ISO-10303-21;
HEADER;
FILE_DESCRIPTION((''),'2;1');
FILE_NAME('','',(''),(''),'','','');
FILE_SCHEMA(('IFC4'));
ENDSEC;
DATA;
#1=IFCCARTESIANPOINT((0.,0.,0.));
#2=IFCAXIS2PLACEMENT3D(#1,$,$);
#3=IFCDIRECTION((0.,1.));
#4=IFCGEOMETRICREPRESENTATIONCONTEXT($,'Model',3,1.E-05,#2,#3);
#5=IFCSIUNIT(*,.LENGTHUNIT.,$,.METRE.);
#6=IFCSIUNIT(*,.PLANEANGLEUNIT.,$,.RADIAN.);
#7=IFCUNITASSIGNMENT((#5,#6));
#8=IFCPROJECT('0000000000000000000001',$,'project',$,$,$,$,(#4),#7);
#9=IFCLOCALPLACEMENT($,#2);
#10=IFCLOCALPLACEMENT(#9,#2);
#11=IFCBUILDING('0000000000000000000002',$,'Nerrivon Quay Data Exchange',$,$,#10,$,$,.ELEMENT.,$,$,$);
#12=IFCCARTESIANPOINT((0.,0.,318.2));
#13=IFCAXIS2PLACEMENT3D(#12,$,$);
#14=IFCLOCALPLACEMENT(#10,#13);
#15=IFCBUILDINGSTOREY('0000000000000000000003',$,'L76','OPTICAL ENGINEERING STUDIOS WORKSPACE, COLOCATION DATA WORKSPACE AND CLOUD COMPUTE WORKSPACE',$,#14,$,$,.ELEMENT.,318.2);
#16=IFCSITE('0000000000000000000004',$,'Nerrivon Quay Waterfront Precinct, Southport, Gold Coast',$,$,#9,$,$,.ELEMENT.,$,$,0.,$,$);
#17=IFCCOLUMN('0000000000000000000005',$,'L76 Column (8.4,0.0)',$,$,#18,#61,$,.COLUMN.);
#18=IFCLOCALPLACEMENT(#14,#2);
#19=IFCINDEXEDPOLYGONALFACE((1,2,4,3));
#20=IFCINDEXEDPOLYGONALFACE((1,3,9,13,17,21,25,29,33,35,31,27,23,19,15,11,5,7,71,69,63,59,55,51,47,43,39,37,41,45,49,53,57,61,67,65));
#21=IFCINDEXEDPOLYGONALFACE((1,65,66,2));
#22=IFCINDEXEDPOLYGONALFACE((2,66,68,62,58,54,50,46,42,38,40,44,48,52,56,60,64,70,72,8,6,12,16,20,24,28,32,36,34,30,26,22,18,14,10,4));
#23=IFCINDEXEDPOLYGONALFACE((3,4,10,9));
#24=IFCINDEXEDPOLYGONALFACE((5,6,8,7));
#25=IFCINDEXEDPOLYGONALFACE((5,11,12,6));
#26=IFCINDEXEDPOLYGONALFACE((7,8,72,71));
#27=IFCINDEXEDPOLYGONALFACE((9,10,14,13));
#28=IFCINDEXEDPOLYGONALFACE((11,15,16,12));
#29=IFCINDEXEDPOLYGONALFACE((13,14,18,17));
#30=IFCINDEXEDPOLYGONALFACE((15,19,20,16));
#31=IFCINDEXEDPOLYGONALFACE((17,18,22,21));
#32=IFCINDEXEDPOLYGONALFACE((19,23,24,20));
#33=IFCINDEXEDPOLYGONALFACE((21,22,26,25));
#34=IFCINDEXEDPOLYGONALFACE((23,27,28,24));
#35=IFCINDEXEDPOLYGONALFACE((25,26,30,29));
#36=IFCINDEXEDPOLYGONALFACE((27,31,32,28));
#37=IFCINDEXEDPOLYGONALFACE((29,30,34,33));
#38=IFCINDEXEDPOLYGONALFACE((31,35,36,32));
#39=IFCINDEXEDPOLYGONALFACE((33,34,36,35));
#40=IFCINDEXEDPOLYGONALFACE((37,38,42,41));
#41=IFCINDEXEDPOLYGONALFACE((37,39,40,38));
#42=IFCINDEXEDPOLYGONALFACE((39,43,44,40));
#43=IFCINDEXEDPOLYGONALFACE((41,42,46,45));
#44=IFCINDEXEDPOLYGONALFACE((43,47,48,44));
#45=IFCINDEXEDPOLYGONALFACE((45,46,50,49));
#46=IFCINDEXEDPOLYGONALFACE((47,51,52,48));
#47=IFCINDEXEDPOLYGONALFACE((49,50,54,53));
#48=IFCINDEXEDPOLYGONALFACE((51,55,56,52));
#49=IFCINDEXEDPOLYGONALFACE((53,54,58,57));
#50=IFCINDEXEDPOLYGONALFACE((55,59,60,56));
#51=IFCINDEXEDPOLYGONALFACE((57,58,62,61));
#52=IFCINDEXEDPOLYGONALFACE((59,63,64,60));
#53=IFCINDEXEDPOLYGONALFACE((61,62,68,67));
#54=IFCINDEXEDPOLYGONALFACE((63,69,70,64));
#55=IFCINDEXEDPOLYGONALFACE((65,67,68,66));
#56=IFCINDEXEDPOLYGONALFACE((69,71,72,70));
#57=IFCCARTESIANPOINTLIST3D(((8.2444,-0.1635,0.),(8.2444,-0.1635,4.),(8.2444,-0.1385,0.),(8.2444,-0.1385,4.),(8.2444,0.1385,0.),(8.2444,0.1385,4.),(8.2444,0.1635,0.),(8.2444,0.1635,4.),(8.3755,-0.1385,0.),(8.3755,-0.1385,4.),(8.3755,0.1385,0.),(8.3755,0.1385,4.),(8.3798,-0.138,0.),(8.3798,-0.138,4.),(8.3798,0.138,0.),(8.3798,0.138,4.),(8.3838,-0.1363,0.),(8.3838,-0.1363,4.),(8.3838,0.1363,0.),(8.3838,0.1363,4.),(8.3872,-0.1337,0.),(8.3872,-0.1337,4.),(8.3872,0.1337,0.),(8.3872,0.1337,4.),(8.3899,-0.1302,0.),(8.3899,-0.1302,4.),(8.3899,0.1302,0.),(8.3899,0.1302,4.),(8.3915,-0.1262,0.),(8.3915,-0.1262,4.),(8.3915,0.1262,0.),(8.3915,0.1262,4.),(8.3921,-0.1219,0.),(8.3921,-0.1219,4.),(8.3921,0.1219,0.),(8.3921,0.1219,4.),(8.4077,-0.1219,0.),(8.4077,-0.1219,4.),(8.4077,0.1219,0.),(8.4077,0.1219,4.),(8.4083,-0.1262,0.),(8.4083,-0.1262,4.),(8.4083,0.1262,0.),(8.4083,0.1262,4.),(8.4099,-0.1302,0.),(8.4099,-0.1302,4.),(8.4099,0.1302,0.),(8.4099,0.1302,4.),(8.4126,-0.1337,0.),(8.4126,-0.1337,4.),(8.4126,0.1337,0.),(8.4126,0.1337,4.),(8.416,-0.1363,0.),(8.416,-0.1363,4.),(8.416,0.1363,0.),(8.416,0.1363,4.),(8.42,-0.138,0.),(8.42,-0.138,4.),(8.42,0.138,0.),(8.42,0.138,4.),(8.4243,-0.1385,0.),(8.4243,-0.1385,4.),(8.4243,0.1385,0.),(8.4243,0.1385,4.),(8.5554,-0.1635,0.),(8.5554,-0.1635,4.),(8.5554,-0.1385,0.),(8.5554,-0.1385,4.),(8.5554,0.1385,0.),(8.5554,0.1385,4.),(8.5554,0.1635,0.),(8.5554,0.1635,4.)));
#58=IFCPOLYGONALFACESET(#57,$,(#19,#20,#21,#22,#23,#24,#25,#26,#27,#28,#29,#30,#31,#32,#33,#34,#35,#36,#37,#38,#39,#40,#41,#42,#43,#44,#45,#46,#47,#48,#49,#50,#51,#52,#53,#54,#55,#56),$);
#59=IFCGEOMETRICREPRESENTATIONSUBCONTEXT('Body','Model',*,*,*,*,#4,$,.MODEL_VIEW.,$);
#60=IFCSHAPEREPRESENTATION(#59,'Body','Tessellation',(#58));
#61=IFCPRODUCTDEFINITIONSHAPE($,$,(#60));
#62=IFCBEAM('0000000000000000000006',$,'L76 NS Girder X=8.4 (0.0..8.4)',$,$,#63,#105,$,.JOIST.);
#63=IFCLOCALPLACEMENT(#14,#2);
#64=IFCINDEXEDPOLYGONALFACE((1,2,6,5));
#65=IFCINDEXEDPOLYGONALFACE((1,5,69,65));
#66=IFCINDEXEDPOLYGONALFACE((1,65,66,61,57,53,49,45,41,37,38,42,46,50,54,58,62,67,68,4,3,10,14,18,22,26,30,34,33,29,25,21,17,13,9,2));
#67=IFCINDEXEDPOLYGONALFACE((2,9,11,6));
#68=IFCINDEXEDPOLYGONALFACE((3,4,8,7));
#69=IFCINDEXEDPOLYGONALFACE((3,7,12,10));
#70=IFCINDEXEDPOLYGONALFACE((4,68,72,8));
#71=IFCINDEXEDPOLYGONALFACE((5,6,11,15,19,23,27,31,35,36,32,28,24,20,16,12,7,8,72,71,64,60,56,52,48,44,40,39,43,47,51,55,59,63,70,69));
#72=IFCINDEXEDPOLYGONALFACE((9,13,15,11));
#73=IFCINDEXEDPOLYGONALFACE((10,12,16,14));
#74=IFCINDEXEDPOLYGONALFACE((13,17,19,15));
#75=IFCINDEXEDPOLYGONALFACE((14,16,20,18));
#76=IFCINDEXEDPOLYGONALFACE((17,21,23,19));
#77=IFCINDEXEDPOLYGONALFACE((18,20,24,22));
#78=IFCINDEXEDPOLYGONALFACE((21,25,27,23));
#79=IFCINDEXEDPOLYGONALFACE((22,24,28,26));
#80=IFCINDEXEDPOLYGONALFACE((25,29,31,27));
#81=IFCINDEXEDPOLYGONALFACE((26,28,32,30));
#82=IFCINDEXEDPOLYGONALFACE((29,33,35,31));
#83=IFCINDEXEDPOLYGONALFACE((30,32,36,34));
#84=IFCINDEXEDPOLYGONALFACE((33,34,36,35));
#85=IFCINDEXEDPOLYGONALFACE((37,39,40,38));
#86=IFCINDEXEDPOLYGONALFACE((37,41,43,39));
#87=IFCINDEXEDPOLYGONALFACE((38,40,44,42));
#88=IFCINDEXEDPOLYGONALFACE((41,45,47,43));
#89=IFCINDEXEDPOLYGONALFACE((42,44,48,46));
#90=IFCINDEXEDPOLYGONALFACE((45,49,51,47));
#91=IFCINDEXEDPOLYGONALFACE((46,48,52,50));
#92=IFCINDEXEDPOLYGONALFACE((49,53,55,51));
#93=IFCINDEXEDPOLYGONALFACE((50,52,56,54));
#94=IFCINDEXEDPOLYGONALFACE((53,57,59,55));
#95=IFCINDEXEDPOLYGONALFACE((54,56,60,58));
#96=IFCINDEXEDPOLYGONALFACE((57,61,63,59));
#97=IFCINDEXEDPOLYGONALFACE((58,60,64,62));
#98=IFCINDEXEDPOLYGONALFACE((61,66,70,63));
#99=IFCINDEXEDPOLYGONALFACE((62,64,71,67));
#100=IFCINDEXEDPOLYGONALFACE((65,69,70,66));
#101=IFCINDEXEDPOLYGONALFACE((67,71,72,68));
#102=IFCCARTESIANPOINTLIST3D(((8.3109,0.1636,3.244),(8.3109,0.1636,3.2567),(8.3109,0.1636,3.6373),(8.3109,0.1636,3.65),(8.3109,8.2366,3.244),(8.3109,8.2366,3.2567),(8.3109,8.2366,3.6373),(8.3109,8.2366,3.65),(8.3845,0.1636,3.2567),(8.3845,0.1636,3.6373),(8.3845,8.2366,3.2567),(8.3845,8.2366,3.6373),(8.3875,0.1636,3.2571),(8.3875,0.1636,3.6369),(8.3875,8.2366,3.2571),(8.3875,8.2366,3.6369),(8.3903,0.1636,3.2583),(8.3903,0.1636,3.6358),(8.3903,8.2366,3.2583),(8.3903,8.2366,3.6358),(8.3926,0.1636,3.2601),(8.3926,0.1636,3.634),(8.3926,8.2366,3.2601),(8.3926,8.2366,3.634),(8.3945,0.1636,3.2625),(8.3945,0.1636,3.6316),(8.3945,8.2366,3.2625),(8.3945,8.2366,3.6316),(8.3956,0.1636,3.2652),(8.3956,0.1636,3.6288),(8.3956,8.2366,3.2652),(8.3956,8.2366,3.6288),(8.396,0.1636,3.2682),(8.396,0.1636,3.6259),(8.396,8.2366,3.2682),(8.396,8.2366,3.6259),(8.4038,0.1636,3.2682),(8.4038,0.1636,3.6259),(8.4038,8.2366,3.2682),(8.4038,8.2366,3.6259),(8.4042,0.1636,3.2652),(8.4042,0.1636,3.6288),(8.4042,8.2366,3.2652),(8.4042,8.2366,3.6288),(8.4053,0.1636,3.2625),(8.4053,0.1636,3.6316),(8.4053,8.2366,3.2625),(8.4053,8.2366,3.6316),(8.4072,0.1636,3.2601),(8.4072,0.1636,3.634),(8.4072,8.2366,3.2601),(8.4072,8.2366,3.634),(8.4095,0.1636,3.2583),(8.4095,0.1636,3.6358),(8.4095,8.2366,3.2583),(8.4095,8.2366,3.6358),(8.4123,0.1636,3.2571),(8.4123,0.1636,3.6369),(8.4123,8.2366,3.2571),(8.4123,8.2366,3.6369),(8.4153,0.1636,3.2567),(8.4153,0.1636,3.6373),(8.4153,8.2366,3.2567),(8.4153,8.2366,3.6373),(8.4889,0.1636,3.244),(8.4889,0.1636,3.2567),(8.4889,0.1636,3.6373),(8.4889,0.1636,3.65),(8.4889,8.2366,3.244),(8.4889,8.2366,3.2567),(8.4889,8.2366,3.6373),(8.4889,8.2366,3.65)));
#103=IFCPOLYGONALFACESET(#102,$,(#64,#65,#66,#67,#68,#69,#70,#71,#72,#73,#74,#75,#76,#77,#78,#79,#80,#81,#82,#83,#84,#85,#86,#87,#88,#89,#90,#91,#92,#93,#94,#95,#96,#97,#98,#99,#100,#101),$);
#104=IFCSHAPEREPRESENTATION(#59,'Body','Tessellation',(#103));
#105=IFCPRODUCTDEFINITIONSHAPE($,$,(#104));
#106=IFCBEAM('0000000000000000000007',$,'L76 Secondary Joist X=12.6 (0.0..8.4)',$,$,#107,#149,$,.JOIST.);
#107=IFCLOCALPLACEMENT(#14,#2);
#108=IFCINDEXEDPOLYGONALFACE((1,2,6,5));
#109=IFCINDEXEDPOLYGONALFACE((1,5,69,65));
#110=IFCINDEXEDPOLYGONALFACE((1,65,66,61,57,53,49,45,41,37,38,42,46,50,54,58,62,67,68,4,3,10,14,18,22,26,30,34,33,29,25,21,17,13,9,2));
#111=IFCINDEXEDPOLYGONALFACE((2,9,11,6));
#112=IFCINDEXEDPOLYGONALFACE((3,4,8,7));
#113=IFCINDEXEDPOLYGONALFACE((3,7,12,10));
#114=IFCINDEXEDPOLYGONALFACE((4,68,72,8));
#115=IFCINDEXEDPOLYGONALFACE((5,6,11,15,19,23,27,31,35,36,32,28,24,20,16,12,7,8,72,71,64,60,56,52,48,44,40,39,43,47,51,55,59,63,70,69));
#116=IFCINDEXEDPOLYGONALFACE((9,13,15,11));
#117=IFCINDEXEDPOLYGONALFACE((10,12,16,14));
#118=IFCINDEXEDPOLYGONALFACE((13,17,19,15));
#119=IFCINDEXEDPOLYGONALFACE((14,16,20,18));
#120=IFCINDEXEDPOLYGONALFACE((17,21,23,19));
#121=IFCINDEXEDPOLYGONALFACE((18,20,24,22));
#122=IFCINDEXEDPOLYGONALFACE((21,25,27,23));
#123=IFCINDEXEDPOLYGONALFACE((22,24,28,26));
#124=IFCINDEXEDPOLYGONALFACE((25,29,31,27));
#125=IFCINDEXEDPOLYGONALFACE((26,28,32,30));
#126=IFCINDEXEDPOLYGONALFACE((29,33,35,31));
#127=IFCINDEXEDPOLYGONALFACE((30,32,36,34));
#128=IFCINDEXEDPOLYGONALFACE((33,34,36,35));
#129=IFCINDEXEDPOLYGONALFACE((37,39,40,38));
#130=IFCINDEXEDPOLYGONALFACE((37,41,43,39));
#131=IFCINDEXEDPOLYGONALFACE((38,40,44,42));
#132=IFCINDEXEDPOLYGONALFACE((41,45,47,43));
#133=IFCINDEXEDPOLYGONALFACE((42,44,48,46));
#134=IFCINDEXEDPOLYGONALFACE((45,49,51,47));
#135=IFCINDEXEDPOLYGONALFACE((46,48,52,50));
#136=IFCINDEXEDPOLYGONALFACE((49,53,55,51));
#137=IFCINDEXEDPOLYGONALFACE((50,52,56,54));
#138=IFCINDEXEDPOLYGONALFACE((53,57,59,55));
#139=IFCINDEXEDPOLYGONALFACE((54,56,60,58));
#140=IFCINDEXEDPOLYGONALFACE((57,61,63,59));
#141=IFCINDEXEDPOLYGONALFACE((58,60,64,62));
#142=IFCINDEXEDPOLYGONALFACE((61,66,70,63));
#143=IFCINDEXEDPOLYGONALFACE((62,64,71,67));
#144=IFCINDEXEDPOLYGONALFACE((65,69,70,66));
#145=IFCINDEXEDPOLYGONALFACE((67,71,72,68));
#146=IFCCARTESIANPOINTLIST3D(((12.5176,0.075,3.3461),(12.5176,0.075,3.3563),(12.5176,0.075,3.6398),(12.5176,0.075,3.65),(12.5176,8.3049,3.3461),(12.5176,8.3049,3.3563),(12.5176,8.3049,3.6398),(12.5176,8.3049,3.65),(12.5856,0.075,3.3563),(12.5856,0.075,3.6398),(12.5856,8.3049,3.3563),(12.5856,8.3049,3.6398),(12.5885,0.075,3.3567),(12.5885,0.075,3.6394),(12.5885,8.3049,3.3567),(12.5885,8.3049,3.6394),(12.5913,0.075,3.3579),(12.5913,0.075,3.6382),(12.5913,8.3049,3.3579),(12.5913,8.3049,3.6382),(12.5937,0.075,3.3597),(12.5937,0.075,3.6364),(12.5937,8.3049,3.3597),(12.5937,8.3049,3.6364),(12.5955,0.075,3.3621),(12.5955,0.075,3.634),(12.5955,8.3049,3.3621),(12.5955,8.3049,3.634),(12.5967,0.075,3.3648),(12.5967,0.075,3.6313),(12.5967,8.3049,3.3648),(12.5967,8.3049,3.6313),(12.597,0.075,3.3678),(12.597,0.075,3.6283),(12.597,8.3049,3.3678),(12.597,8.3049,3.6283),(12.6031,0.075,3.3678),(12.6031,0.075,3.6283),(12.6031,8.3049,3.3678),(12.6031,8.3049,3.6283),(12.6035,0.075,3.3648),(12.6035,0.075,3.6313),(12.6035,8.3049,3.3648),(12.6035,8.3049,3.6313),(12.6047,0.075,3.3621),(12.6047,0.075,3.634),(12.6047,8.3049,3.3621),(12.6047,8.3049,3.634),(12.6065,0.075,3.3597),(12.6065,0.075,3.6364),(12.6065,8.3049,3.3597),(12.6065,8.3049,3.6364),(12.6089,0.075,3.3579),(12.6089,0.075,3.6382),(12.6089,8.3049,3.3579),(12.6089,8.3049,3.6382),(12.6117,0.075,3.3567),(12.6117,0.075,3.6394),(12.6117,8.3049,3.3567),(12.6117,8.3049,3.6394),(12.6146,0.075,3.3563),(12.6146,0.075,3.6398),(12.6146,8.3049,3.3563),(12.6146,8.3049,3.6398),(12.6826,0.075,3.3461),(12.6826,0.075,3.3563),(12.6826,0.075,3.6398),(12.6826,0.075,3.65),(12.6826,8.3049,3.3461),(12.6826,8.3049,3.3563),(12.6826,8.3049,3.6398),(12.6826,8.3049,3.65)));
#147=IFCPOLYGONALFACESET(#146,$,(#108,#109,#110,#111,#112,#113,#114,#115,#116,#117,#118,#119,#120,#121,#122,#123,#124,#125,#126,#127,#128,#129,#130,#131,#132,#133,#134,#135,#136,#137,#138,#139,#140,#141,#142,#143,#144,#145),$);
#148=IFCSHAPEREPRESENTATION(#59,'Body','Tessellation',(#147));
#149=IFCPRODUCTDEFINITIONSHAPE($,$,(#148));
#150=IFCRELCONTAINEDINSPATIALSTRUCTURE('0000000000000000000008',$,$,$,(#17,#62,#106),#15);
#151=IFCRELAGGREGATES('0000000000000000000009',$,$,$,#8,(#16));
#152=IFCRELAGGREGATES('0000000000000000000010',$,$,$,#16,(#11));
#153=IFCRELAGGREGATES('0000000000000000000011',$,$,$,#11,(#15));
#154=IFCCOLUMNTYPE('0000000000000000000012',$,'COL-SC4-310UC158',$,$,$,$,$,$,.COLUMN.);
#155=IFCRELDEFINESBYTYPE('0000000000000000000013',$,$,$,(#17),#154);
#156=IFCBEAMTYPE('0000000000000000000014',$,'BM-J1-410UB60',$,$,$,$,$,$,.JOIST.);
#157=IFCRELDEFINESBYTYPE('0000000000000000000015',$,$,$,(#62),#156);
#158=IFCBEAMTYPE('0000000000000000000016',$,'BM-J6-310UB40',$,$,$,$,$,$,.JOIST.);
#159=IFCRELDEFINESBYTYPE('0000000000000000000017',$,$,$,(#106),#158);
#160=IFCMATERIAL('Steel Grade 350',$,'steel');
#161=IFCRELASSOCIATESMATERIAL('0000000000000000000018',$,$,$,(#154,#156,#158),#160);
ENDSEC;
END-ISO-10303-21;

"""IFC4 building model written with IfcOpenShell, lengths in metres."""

from ifc_helpers import new_model, si_unit, direction, frame, origin, origin_2d, place, context, subcontext, project, spatial, i_section, extrude, material, material_profile, profile_set, type_object, element, save


model = new_model("IFC4")

# Units and contexts
model_context = context("Model", 3, precision=1e-05, world=origin(), true_north=direction((0.0, 1.0)))
body_context = subcontext(model_context, "Body", "Model", "MODEL_VIEW")
ifc_project = project(units=[si_unit("LENGTHUNIT", "METRE"), si_unit("PLANEANGLEUNIT", "RADIAN")], contexts=[model_context])

# Site, building, storey
site_placement = place(None, origin())
site = spatial("IfcSite", under=ifc_project, at=site_placement, Name="Nerrivon Quay Waterfront Precinct, Southport, Gold Coast", CompositionType="ELEMENT", RefElevation=0.0)
building_placement = place(site_placement, origin())
building = spatial("IfcBuilding", under=site, at=building_placement, Name="Nerrivon Quay Data Exchange", CompositionType="ELEMENT")
storey_placement = place(building_placement, frame((0.0, 0.0, 318.2)))
storey = spatial("IfcBuildingStorey", under=building, at=storey_placement, Name="L76", Description="OPTICAL ENGINEERING STUDIOS WORKSPACE, COLOCATION DATA WORKSPACE AND CLOUD COMPUTE WORKSPACE", CompositionType="ELEMENT", Elevation=318.2)

# Column
ifc_material_1 = material(Name="Steel Grade 350", Category="steel")
ifc_material_profile_1 = material_profile(ifc_material_1, i_section(OverallWidth=0.311, OverallDepth=0.3269, WebThickness=0.0156, FlangeThickness=0.0249, FilletRadius=0.0166, at=origin_2d()), Name="310UC158")
ifc_profile_set_1 = profile_set([ifc_material_profile_1], Name="Steel Grade 350")
column_type = type_object("IfcColumnType", Name="COL-SC4-310UC158", PredefinedType="COLUMN", material=ifc_profile_set_1)
column_placement = place(storey_placement, frame((8.3999, 0.0, 0.0), z_axis=(0.0, 0.0, 1.0), x_axis=(1.0, 0.0, 0.0)))
element("IfcColumn", 1, at=column_placement, inside=storey, type_object=column_type, Name="L76 Column (8.4,0.0)", PredefinedType="COLUMN", context=body_context, shape_type="SweptSolid", body=[
    extrude(i_section(OverallWidth=0.311, OverallDepth=0.3269, WebThickness=0.0156, FlangeThickness=0.0249, FilletRadius=0.0166, at=origin_2d()), origin(), (0.0, 0.0, 1.0), 4.0),
])

# Beams
ifc_material_profile_2 = material_profile(ifc_material_1, i_section(OverallWidth=0.178, OverallDepth=0.406, WebThickness=0.0078, FlangeThickness=0.0127, FilletRadius=0.0115, at=origin_2d()), Name="410UB59.7")
ifc_profile_set_2 = profile_set([ifc_material_profile_2], Name="Steel Grade 350")
beam_type_1 = type_object("IfcBeamType", Name="BM-J1-410UB60", PredefinedType="JOIST", material=ifc_profile_set_2)
beam_1_placement = place(storey_placement, frame((8.3999, 0.1636, 3.447), z_axis=(0.0, 1.0, 0.0), x_axis=(-1.0, 0.0, 0.0)))
element("IfcBeam", 2, at=beam_1_placement, inside=storey, type_object=beam_type_1, Name="L76 NS Girder X=8.4 (0.0..8.4)", PredefinedType="JOIST", context=body_context, shape_type="SweptSolid", body=[
    extrude(i_section(OverallWidth=0.178, OverallDepth=0.406, WebThickness=0.0078, FlangeThickness=0.0127, FilletRadius=0.0115, at=origin_2d()), origin(), (0.0, 0.0, 1.0), 8.073),
])
ifc_material_profile_3 = material_profile(ifc_material_1, i_section(OverallWidth=0.165, OverallDepth=0.304, WebThickness=0.0061, FlangeThickness=0.0103, FilletRadius=0.0115, at=origin_2d()), Name="310UB40.4")
ifc_profile_set_3 = profile_set([ifc_material_profile_3], Name="Steel Grade 350")
beam_type_2 = type_object("IfcBeamType", Name="BM-J6-310UB40", PredefinedType="JOIST", material=ifc_profile_set_3)
beam_2_placement = place(storey_placement, frame((12.6001, 0.075, 3.498), z_axis=(0.0, 1.0, 0.0), x_axis=(-1.0, 0.0, 0.0)))
element("IfcBeam", 3, at=beam_2_placement, inside=storey, type_object=beam_type_2, Name="L76 Secondary Joist X=12.6 (0.0..8.4)", PredefinedType="JOIST", context=body_context, shape_type="SweptSolid", body=[
    extrude(i_section(OverallWidth=0.165, OverallDepth=0.304, WebThickness=0.0061, FlangeThickness=0.0103, FilletRadius=0.0115, at=origin_2d()), origin(), (0.0, 0.0, 1.0), 8.23),
])

save(model, "model.ifc")
